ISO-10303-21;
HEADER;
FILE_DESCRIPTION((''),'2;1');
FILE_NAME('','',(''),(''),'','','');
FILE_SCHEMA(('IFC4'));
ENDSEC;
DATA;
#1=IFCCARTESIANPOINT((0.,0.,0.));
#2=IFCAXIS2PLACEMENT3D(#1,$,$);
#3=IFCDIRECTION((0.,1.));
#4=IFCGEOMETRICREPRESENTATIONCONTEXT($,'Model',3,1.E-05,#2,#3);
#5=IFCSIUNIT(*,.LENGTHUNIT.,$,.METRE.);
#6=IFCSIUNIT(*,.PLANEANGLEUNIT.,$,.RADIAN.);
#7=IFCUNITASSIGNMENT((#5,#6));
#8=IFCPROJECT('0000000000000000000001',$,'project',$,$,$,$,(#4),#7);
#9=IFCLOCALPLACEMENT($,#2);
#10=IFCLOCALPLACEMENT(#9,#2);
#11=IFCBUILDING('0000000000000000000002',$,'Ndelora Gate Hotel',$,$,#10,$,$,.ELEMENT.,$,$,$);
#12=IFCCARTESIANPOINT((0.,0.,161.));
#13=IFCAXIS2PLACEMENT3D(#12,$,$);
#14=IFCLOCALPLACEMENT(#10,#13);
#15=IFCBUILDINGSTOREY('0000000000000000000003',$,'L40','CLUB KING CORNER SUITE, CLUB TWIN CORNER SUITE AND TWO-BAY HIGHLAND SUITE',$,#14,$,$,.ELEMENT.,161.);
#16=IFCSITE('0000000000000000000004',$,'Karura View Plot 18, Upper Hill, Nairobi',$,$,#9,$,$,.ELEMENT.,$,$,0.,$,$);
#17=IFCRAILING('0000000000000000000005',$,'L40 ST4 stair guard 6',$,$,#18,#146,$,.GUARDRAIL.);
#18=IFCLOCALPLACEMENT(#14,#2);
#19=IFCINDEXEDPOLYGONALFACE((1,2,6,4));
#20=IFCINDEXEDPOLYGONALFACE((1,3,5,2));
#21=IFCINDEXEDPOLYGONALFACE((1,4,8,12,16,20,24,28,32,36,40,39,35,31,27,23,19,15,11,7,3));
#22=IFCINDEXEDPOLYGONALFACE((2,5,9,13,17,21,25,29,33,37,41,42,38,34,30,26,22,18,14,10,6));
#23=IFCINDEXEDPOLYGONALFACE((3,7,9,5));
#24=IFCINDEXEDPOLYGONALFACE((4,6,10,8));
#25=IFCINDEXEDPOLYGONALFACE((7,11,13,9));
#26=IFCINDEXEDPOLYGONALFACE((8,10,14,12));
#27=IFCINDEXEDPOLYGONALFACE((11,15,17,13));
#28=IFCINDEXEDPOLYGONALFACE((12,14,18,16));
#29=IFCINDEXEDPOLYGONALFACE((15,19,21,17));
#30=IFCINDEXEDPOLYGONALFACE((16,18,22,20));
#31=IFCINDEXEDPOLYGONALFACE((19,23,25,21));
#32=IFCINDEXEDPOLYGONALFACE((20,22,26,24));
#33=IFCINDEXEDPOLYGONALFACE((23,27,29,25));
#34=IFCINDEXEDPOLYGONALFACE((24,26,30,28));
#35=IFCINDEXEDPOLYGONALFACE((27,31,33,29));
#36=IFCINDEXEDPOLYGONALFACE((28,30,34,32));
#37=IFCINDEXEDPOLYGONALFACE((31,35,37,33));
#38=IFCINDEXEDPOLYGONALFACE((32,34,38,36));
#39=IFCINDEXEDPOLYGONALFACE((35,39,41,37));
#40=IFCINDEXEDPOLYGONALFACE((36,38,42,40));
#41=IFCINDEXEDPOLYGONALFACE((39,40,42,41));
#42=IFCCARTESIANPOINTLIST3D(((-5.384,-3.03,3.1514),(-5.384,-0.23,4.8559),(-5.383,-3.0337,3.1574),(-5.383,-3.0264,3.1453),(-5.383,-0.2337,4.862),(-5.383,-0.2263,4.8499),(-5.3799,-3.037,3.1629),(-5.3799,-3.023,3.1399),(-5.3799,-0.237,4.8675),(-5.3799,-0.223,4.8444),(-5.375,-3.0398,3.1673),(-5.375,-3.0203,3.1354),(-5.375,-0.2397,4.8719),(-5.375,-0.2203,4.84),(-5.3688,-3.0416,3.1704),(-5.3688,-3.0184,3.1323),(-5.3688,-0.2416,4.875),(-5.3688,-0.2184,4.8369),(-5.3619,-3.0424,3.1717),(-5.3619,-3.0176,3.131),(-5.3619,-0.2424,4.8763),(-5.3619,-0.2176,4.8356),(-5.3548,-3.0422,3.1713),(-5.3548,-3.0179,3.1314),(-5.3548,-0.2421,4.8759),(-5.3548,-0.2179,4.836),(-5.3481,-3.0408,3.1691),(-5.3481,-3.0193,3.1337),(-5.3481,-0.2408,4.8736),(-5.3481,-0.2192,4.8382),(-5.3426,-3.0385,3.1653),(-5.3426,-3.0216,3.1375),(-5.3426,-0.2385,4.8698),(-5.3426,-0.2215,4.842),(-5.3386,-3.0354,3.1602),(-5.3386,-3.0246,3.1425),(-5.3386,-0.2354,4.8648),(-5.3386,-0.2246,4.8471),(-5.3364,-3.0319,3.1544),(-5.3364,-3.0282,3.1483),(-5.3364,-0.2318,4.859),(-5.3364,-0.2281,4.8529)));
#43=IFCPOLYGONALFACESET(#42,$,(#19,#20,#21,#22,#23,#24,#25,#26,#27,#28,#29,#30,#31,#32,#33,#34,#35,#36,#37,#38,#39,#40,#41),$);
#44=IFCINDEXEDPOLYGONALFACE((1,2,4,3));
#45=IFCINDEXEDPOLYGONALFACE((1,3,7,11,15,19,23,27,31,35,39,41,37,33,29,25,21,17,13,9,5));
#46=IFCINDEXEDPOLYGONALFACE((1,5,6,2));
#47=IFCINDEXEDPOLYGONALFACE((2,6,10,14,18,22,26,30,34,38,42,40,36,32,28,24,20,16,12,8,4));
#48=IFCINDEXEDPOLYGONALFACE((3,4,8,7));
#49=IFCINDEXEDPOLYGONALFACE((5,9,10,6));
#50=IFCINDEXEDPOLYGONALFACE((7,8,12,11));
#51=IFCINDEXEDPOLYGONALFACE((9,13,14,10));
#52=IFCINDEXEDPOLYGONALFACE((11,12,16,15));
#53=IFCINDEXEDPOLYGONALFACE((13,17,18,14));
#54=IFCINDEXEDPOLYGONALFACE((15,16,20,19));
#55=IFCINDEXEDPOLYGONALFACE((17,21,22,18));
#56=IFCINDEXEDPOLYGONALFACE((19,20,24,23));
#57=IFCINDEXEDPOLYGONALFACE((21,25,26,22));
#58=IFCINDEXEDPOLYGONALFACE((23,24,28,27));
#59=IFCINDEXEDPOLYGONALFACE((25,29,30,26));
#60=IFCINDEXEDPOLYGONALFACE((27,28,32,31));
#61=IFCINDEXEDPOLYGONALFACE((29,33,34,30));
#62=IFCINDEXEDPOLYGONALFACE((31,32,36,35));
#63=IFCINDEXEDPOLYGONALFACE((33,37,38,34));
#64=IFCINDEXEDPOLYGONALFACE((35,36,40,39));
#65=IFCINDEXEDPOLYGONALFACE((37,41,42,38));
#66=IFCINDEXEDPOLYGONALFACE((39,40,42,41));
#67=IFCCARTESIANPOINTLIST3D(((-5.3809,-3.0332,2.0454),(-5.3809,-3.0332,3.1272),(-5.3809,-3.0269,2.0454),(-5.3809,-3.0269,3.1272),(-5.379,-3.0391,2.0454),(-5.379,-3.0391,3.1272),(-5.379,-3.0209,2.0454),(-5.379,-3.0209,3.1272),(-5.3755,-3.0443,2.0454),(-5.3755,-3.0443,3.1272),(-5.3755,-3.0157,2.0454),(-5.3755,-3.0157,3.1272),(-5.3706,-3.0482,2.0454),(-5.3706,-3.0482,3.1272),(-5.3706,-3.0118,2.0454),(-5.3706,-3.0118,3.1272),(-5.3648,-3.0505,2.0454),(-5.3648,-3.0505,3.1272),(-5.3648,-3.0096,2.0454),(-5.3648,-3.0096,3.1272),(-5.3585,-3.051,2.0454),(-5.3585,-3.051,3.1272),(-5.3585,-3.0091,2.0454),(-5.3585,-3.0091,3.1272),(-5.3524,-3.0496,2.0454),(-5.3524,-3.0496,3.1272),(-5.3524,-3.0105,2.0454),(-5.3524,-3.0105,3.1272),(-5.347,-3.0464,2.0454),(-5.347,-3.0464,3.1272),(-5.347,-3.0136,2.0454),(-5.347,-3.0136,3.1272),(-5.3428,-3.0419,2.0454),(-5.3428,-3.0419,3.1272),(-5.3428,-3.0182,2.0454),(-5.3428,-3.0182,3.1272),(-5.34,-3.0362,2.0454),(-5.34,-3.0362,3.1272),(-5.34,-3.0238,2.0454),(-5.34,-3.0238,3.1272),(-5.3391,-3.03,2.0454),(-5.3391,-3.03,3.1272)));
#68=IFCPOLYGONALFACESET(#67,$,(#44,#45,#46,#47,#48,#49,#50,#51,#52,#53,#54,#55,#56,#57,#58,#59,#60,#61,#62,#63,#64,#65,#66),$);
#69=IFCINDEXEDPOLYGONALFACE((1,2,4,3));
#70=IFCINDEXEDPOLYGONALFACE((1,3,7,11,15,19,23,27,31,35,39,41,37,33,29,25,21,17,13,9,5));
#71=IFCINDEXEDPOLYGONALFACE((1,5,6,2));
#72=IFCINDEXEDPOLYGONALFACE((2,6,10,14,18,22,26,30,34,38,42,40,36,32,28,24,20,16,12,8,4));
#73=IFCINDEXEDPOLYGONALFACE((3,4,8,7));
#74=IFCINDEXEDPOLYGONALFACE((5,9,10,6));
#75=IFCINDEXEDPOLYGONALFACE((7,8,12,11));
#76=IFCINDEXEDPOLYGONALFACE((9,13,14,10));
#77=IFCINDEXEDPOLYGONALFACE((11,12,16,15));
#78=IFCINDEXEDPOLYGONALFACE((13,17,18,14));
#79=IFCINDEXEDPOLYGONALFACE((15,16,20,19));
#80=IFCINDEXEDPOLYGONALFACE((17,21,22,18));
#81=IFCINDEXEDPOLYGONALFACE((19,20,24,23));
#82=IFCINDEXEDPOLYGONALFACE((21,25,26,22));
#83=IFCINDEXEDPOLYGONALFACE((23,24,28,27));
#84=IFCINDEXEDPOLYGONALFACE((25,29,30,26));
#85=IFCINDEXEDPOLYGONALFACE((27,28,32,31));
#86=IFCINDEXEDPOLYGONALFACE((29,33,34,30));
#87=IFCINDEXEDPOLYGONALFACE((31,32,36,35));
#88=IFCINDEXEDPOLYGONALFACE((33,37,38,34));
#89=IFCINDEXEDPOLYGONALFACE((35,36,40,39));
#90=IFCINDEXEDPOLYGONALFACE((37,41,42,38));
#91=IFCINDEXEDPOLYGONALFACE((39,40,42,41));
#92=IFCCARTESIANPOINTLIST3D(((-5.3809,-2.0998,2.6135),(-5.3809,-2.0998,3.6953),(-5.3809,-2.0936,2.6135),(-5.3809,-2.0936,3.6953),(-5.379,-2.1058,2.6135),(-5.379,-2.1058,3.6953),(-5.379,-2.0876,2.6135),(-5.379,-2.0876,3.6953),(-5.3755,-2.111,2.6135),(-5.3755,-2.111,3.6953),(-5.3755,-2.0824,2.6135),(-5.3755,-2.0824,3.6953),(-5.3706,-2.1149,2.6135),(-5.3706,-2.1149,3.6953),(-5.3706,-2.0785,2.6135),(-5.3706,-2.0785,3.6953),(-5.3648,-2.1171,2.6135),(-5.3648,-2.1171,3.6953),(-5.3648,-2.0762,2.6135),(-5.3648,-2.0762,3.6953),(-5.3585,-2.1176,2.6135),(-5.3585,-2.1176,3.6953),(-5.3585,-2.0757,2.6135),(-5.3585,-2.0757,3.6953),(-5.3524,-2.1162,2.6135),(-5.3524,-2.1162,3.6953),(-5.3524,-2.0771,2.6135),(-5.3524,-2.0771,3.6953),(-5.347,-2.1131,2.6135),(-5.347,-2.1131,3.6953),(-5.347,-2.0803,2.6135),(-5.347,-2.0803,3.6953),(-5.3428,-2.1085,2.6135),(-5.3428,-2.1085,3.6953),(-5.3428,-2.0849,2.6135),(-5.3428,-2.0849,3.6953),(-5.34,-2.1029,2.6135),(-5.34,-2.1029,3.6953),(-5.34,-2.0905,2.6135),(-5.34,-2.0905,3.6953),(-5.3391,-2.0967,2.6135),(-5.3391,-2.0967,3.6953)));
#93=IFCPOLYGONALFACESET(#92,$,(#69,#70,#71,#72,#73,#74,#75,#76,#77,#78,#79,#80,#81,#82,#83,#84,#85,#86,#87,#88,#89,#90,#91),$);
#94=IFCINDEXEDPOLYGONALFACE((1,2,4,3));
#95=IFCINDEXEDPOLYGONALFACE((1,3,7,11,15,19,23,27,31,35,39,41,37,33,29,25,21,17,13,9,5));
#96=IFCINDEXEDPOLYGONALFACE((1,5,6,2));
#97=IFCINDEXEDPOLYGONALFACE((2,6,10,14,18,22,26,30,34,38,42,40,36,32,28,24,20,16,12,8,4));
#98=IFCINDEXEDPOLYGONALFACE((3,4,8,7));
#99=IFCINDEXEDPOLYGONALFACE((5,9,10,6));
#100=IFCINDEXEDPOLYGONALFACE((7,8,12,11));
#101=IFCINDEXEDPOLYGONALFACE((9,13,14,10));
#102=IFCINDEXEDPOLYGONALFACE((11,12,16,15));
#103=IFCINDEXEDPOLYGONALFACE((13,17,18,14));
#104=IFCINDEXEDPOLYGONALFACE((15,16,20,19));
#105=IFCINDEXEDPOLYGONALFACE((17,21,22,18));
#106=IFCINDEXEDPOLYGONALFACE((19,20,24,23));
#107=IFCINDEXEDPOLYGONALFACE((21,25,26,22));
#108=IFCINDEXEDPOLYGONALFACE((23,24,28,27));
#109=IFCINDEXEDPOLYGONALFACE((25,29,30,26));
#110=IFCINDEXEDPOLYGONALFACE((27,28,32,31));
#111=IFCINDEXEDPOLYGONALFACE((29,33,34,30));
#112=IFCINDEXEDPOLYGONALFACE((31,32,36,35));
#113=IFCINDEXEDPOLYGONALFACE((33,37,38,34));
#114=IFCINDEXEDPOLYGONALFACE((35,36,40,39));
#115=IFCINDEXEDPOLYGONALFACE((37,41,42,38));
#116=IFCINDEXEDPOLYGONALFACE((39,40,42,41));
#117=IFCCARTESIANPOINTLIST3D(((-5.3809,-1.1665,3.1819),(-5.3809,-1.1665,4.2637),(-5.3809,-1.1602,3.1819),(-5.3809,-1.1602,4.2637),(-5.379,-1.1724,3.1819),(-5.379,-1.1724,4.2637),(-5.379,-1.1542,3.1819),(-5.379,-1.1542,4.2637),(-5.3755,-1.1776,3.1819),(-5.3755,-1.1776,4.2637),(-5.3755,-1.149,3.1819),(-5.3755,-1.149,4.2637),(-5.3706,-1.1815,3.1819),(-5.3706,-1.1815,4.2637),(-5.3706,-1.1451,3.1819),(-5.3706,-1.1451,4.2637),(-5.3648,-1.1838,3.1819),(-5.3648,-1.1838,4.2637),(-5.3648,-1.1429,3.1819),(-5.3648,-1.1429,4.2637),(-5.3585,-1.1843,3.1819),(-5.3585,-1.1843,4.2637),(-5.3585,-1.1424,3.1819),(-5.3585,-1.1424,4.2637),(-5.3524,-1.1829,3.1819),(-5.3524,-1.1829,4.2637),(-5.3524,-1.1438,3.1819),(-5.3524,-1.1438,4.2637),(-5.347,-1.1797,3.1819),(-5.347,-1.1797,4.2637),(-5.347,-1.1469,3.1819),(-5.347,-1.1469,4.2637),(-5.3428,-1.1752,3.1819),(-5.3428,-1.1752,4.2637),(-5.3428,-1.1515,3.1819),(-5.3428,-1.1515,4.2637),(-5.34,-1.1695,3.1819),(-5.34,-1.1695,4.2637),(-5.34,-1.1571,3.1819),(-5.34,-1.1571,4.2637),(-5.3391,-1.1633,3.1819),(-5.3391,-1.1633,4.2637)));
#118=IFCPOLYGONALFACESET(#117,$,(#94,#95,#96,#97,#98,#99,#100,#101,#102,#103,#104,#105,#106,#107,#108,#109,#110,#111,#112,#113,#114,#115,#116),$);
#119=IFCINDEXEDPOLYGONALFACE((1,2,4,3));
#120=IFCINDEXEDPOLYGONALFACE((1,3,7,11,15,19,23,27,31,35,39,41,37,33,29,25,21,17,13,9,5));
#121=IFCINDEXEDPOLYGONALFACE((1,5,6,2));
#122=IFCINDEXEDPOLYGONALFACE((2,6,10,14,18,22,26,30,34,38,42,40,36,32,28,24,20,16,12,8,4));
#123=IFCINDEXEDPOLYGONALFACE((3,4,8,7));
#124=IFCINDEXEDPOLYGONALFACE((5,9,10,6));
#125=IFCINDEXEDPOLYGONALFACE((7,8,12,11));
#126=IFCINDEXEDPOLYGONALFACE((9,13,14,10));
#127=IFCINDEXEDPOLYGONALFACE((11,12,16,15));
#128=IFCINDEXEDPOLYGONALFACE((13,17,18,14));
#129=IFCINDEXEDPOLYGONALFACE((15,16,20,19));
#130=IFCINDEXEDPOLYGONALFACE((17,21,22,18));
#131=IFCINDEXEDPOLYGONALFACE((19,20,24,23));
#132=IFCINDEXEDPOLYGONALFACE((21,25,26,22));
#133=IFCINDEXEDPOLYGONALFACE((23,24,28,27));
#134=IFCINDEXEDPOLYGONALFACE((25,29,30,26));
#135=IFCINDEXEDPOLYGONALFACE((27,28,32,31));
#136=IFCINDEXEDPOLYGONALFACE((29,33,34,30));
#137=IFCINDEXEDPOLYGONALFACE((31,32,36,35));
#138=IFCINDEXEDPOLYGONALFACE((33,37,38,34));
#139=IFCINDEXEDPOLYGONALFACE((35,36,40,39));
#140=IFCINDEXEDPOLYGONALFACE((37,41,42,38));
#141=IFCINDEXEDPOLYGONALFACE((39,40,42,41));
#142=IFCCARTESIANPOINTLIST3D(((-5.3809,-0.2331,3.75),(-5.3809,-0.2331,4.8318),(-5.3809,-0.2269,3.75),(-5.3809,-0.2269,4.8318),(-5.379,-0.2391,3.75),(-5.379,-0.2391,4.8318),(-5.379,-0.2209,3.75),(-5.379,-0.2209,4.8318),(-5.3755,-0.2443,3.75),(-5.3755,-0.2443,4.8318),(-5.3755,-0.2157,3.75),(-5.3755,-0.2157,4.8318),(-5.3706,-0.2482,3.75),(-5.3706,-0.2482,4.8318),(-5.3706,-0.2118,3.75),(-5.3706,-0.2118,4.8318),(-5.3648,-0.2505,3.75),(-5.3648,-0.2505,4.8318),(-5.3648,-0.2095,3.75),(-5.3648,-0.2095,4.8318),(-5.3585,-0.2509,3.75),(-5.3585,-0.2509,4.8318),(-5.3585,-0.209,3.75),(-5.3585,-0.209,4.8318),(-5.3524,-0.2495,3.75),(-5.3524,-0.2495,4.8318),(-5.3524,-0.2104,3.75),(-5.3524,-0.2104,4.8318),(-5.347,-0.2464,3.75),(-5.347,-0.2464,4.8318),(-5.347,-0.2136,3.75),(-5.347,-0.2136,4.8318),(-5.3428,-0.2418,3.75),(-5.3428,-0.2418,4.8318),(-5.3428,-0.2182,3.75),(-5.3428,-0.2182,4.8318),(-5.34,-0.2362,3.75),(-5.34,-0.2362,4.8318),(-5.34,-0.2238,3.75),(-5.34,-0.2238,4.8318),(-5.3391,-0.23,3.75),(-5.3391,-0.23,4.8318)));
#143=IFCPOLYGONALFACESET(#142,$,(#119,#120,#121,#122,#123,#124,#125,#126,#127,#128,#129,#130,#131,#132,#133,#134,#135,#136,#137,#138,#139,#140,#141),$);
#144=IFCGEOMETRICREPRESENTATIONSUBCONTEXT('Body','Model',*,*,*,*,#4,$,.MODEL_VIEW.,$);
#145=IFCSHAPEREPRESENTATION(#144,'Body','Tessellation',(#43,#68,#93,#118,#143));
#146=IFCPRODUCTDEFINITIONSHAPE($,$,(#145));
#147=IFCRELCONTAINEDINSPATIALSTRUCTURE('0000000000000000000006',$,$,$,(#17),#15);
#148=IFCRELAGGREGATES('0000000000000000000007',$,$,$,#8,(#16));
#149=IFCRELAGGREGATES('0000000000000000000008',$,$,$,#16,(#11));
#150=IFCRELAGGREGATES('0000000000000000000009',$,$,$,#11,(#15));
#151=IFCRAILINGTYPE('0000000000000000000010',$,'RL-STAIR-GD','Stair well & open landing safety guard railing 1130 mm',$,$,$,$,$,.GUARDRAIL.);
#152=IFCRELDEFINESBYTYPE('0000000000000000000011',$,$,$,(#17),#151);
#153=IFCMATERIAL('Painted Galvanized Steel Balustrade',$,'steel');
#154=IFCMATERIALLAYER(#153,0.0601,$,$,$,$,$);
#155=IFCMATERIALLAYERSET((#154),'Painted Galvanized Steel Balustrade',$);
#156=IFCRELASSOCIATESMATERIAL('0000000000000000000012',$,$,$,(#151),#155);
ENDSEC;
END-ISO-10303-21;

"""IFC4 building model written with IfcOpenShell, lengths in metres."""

from ifc_helpers import new_model, si_unit, direction, frame, origin, origin_2d, place, context, subcontext, project, spatial, circle, extrude, material, layer, layer_set, type_object, element, save


model = new_model("IFC4")

# Units and contexts
model_context = context("Model", 3, precision=1e-05, world=origin(), true_north=direction((0.0, 1.0)))
body_context = subcontext(model_context, "Body", "Model", "MODEL_VIEW")
ifc_project = project(units=[si_unit("LENGTHUNIT", "METRE"), si_unit("PLANEANGLEUNIT", "RADIAN")], contexts=[model_context])

# Site, building, storey
site_placement = place(None, origin())
site = spatial("IfcSite", under=ifc_project, at=site_placement, Name="Karura View Plot 18, Upper Hill, Nairobi", CompositionType="ELEMENT", RefElevation=0.0)
building_placement = place(site_placement, origin())
building = spatial("IfcBuilding", under=site, at=building_placement, Name="Ndelora Gate Hotel", CompositionType="ELEMENT")
storey_placement = place(building_placement, frame((0.0, 0.0, 161.0)))
storey = spatial("IfcBuildingStorey", under=building, at=storey_placement, Name="L40", Description="CLUB KING CORNER SUITE, CLUB TWIN CORNER SUITE AND TWO-BAY HIGHLAND SUITE", CompositionType="ELEMENT", Elevation=161.0)

# Railing
ifc_material_1 = material(Name="Painted Galvanized Steel Balustrade", Category="steel")
ifc_layer_1 = layer(ifc_material_1, 0.0601)
ifc_layer_set_1 = layer_set([ifc_layer_1], Name="Painted Galvanized Steel Balustrade")
railing_type_1 = type_object("IfcRailingType", Name="RL-STAIR-GD", Description="Stair well & open landing safety guard railing 1130 mm", PredefinedType="GUARDRAIL", material=ifc_layer_set_1)
railing_1_placement = place(storey_placement, frame((-5.3601, -3.03, 2.0454)))
element("IfcRailing", 1, at=railing_1_placement, inside=storey, type_object=railing_type_1, Name="L40 ST4 stair guard 6", PredefinedType="GUARDRAIL", context=body_context, shape_type="SweptSolid", body=[
    extrude(circle(Radius=0.0239, at=origin_2d()), frame((0.0, 0.0, 1.106), z_axis=(0.0, 0.85417, 0.519994), x_axis=(-1.0, 0.0, 0.0)), (0.0, 0.0, 1.0), 3.2781),
    extrude(circle(Radius=0.021, at=origin_2d()), origin(), (0.0, 0.0, 1.0), 1.0818),
    extrude(circle(Radius=0.021, at=origin_2d()), frame((0.0, 0.9333, 0.5681)), (0.0, 0.0, 1.0), 1.0818),
    extrude(circle(Radius=0.021, at=origin_2d()), frame((0.0, 1.8667, 1.1365)), (0.0, 0.0, 1.0), 1.0818),
    extrude(circle(Radius=0.021, at=origin_2d()), frame((0.0, 2.8, 1.7046)), (0.0, 0.0, 1.0), 1.0818),
])

save(model, "model.ifc")
